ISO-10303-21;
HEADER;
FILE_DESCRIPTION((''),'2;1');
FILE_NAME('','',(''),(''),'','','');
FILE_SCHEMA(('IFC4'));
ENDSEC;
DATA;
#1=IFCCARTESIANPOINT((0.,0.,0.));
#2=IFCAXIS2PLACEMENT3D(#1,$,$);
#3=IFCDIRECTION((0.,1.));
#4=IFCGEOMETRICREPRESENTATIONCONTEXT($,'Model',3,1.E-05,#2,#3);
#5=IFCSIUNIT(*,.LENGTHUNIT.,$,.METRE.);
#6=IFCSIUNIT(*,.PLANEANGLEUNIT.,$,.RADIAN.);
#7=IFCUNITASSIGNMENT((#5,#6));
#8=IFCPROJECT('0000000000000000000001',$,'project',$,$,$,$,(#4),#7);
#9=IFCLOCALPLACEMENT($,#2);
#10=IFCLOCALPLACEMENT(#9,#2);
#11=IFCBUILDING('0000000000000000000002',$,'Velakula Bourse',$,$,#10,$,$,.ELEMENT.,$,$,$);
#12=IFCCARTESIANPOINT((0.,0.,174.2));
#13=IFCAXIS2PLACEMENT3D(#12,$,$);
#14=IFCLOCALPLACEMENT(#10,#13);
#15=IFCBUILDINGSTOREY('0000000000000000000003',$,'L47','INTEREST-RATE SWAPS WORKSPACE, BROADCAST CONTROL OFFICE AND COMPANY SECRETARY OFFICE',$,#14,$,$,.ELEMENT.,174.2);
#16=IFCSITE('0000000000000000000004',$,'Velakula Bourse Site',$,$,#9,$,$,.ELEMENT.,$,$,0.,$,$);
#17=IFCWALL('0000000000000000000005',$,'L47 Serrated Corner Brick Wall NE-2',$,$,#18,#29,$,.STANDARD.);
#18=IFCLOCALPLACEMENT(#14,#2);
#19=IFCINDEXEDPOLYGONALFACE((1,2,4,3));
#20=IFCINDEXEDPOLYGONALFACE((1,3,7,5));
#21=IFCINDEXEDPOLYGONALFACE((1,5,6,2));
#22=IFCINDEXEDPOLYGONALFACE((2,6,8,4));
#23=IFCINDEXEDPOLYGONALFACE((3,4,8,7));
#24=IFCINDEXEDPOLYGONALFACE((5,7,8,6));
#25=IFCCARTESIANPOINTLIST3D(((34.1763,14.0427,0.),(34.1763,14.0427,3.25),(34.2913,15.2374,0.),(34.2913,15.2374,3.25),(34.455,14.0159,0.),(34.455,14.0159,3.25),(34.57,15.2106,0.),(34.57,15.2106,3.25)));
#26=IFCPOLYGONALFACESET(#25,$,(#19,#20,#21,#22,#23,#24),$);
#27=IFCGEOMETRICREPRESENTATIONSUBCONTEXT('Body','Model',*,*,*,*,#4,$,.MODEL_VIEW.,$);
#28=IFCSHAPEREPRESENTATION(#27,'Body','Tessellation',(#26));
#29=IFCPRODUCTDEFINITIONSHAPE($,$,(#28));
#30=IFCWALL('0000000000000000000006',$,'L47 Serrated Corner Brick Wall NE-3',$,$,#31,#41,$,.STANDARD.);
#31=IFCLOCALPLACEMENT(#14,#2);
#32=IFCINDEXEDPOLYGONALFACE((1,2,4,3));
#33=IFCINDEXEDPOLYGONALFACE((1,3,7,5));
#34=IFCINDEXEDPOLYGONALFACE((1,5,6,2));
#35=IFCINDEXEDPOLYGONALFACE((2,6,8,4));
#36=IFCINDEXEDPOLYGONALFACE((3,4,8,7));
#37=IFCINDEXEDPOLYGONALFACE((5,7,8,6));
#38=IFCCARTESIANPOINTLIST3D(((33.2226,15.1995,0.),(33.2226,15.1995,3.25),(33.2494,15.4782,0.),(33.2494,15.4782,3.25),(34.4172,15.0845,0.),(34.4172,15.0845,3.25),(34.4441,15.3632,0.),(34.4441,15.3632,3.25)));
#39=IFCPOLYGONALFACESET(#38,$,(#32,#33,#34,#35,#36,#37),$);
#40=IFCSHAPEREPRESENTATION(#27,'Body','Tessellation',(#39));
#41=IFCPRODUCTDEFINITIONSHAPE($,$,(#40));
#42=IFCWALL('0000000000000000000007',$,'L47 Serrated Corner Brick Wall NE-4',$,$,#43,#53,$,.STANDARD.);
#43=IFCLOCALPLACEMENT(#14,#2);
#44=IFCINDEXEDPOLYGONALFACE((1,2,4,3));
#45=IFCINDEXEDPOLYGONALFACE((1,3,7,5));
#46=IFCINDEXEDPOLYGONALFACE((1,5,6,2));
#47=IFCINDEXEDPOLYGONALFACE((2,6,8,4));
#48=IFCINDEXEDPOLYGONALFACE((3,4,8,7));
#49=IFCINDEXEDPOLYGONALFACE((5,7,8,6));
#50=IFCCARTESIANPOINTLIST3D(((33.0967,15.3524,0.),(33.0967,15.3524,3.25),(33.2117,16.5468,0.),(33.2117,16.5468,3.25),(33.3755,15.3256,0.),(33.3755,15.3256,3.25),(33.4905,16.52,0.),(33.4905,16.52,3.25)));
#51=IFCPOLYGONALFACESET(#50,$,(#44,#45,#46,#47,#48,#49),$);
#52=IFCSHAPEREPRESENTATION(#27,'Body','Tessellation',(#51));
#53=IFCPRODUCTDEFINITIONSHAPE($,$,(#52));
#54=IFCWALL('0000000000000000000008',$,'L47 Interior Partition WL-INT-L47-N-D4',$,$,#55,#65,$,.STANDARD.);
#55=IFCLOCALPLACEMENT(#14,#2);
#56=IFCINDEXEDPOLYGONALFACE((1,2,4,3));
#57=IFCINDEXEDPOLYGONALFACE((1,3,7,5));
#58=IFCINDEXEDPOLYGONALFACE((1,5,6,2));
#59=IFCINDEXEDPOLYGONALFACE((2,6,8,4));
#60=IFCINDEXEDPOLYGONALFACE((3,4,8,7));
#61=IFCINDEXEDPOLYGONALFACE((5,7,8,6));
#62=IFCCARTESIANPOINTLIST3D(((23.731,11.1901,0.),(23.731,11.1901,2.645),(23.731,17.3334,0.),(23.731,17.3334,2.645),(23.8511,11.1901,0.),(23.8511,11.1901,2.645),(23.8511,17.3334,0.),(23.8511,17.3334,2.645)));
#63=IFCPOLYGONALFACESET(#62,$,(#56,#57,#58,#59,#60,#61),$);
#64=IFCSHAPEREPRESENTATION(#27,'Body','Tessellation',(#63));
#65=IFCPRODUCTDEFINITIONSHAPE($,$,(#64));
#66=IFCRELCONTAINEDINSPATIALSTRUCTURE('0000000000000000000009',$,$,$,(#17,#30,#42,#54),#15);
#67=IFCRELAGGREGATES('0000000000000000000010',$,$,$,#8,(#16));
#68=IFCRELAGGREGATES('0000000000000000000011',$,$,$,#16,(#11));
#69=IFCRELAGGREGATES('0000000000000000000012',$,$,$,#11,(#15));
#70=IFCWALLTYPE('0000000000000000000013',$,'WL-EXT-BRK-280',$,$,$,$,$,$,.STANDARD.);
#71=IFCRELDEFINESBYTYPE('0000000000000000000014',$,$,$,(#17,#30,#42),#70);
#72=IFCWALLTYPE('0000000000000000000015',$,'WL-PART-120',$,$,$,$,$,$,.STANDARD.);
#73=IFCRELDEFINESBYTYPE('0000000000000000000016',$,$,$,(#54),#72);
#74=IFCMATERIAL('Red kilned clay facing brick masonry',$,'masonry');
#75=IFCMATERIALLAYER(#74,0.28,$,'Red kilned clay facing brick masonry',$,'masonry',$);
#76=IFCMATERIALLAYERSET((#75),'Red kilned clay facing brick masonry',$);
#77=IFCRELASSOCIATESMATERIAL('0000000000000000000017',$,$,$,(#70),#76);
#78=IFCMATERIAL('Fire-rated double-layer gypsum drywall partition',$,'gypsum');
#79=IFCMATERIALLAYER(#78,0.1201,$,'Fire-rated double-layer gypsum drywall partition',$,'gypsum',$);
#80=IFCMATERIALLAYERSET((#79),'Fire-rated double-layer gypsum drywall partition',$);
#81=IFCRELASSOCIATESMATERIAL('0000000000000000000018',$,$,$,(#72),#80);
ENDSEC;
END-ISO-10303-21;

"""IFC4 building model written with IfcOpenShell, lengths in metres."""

from ifc_helpers import new_model, si_unit, direction, frame, frame_2d, origin, place, context, subcontext, project, spatial, rectangle, extrude, material, layer, layer_set, type_object, element, save


model = new_model("IFC4")

# Units and contexts
model_context = context("Model", 3, precision=1e-05, world=origin(), true_north=direction((0.0, 1.0)))
body_context = subcontext(model_context, "Body", "Model", "MODEL_VIEW")
ifc_project = project(units=[si_unit("LENGTHUNIT", "METRE"), si_unit("PLANEANGLEUNIT", "RADIAN")], contexts=[model_context])

# Site, building, storey
site_placement = place(None, origin())
site = spatial("IfcSite", under=ifc_project, at=site_placement, Name="Velakula Bourse Site", CompositionType="ELEMENT", RefElevation=0.0)
building_placement = place(site_placement, origin())
building = spatial("IfcBuilding", under=site, at=building_placement, Name="Velakula Bourse", CompositionType="ELEMENT")
storey_placement = place(building_placement, frame((0.0, 0.0, 174.2)))
storey = spatial("IfcBuildingStorey", under=building, at=storey_placement, Name="L47", Description="INTEREST-RATE SWAPS WORKSPACE, BROADCAST CONTROL OFFICE AND COMPANY SECRETARY OFFICE", CompositionType="ELEMENT", Elevation=174.2)

# Shared definitions
ifc_material_1 = material(Name="Red kilned clay facing brick masonry", Category="masonry")
ifc_layer_1 = layer(ifc_material_1, 0.28, Name="Red kilned clay facing brick masonry", Category="masonry")
ifc_layer_set_1 = layer_set([ifc_layer_1], Name="Red kilned clay facing brick masonry")
wall_type_1 = type_object("IfcWallType", Name="WL-EXT-BRK-280", PredefinedType="STANDARD", material=ifc_layer_set_1)

# Walls
for number, where, z_axis, x_axis, name in (
    (1, (34.3157, 14.0293, 0.0), (0.0, 0.0, 1.0), (0.095817, 0.995399, 0.0), "L47 Serrated Corner Brick Wall NE-2"),
    (2, (34.4307, 15.2239, 0.0), (0.0, 0.0, 1.0), (-0.995399, 0.095817, 0.0), "L47 Serrated Corner Brick Wall NE-3"),
):
    element("IfcWall", number, at=place(storey_placement, frame(where, z_axis=z_axis, x_axis=x_axis)), inside=storey, type_object=wall_type_1, Name=name, PredefinedType="STANDARD", context=body_context, shape_type="SweptSolid", body=[
        extrude(rectangle(XDim=1.2002, YDim=0.28, at=frame_2d((0.6001, 0.0))), origin(), (0.0, 0.0, 1.0), 3.25),
    ])
wall_1_placement = place(storey_placement, frame((33.2361, 15.3389, 0.0), z_axis=(0.0, 0.0, 1.0), x_axis=(0.095836, 0.995397, 0.0)))
element("IfcWall", 3, at=wall_1_placement, inside=storey, type_object=wall_type_1, Name="L47 Serrated Corner Brick Wall NE-4", PredefinedType="STANDARD", context=body_context, shape_type="SweptSolid", body=[
    extrude(rectangle(XDim=1.2, YDim=0.28, at=frame_2d((0.6001, 0.0))), origin(), (0.0, 0.0, 1.0), 3.25),
])
ifc_material_2 = material(Name="Fire-rated double-layer gypsum drywall partition", Category="gypsum")
ifc_layer_2 = layer(ifc_material_2, 0.1201, Name="Fire-rated double-layer gypsum drywall partition", Category="gypsum")
ifc_layer_set_2 = layer_set([ifc_layer_2], Name="Fire-rated double-layer gypsum drywall partition")
wall_type_2 = type_object("IfcWallType", Name="WL-PART-120", PredefinedType="STANDARD", material=ifc_layer_set_2)
wall_2_placement = place(storey_placement, frame((23.791, 11.1899, 0.0), z_axis=(0.0, 0.0, 1.0), x_axis=(0.0, 1.0, 0.0)))
element("IfcWall", 4, at=wall_2_placement, inside=storey, type_object=wall_type_2, Name="L47 Interior Partition WL-INT-L47-N-D4", PredefinedType="STANDARD", context=body_context, shape_type="SweptSolid", body=[
    extrude(rectangle(XDim=6.1433, YDim=0.1201, at=frame_2d((3.0718, 0.0))), origin(), (0.0, 0.0, 1.0), 2.645),
])

save(model, "model.ifc")
